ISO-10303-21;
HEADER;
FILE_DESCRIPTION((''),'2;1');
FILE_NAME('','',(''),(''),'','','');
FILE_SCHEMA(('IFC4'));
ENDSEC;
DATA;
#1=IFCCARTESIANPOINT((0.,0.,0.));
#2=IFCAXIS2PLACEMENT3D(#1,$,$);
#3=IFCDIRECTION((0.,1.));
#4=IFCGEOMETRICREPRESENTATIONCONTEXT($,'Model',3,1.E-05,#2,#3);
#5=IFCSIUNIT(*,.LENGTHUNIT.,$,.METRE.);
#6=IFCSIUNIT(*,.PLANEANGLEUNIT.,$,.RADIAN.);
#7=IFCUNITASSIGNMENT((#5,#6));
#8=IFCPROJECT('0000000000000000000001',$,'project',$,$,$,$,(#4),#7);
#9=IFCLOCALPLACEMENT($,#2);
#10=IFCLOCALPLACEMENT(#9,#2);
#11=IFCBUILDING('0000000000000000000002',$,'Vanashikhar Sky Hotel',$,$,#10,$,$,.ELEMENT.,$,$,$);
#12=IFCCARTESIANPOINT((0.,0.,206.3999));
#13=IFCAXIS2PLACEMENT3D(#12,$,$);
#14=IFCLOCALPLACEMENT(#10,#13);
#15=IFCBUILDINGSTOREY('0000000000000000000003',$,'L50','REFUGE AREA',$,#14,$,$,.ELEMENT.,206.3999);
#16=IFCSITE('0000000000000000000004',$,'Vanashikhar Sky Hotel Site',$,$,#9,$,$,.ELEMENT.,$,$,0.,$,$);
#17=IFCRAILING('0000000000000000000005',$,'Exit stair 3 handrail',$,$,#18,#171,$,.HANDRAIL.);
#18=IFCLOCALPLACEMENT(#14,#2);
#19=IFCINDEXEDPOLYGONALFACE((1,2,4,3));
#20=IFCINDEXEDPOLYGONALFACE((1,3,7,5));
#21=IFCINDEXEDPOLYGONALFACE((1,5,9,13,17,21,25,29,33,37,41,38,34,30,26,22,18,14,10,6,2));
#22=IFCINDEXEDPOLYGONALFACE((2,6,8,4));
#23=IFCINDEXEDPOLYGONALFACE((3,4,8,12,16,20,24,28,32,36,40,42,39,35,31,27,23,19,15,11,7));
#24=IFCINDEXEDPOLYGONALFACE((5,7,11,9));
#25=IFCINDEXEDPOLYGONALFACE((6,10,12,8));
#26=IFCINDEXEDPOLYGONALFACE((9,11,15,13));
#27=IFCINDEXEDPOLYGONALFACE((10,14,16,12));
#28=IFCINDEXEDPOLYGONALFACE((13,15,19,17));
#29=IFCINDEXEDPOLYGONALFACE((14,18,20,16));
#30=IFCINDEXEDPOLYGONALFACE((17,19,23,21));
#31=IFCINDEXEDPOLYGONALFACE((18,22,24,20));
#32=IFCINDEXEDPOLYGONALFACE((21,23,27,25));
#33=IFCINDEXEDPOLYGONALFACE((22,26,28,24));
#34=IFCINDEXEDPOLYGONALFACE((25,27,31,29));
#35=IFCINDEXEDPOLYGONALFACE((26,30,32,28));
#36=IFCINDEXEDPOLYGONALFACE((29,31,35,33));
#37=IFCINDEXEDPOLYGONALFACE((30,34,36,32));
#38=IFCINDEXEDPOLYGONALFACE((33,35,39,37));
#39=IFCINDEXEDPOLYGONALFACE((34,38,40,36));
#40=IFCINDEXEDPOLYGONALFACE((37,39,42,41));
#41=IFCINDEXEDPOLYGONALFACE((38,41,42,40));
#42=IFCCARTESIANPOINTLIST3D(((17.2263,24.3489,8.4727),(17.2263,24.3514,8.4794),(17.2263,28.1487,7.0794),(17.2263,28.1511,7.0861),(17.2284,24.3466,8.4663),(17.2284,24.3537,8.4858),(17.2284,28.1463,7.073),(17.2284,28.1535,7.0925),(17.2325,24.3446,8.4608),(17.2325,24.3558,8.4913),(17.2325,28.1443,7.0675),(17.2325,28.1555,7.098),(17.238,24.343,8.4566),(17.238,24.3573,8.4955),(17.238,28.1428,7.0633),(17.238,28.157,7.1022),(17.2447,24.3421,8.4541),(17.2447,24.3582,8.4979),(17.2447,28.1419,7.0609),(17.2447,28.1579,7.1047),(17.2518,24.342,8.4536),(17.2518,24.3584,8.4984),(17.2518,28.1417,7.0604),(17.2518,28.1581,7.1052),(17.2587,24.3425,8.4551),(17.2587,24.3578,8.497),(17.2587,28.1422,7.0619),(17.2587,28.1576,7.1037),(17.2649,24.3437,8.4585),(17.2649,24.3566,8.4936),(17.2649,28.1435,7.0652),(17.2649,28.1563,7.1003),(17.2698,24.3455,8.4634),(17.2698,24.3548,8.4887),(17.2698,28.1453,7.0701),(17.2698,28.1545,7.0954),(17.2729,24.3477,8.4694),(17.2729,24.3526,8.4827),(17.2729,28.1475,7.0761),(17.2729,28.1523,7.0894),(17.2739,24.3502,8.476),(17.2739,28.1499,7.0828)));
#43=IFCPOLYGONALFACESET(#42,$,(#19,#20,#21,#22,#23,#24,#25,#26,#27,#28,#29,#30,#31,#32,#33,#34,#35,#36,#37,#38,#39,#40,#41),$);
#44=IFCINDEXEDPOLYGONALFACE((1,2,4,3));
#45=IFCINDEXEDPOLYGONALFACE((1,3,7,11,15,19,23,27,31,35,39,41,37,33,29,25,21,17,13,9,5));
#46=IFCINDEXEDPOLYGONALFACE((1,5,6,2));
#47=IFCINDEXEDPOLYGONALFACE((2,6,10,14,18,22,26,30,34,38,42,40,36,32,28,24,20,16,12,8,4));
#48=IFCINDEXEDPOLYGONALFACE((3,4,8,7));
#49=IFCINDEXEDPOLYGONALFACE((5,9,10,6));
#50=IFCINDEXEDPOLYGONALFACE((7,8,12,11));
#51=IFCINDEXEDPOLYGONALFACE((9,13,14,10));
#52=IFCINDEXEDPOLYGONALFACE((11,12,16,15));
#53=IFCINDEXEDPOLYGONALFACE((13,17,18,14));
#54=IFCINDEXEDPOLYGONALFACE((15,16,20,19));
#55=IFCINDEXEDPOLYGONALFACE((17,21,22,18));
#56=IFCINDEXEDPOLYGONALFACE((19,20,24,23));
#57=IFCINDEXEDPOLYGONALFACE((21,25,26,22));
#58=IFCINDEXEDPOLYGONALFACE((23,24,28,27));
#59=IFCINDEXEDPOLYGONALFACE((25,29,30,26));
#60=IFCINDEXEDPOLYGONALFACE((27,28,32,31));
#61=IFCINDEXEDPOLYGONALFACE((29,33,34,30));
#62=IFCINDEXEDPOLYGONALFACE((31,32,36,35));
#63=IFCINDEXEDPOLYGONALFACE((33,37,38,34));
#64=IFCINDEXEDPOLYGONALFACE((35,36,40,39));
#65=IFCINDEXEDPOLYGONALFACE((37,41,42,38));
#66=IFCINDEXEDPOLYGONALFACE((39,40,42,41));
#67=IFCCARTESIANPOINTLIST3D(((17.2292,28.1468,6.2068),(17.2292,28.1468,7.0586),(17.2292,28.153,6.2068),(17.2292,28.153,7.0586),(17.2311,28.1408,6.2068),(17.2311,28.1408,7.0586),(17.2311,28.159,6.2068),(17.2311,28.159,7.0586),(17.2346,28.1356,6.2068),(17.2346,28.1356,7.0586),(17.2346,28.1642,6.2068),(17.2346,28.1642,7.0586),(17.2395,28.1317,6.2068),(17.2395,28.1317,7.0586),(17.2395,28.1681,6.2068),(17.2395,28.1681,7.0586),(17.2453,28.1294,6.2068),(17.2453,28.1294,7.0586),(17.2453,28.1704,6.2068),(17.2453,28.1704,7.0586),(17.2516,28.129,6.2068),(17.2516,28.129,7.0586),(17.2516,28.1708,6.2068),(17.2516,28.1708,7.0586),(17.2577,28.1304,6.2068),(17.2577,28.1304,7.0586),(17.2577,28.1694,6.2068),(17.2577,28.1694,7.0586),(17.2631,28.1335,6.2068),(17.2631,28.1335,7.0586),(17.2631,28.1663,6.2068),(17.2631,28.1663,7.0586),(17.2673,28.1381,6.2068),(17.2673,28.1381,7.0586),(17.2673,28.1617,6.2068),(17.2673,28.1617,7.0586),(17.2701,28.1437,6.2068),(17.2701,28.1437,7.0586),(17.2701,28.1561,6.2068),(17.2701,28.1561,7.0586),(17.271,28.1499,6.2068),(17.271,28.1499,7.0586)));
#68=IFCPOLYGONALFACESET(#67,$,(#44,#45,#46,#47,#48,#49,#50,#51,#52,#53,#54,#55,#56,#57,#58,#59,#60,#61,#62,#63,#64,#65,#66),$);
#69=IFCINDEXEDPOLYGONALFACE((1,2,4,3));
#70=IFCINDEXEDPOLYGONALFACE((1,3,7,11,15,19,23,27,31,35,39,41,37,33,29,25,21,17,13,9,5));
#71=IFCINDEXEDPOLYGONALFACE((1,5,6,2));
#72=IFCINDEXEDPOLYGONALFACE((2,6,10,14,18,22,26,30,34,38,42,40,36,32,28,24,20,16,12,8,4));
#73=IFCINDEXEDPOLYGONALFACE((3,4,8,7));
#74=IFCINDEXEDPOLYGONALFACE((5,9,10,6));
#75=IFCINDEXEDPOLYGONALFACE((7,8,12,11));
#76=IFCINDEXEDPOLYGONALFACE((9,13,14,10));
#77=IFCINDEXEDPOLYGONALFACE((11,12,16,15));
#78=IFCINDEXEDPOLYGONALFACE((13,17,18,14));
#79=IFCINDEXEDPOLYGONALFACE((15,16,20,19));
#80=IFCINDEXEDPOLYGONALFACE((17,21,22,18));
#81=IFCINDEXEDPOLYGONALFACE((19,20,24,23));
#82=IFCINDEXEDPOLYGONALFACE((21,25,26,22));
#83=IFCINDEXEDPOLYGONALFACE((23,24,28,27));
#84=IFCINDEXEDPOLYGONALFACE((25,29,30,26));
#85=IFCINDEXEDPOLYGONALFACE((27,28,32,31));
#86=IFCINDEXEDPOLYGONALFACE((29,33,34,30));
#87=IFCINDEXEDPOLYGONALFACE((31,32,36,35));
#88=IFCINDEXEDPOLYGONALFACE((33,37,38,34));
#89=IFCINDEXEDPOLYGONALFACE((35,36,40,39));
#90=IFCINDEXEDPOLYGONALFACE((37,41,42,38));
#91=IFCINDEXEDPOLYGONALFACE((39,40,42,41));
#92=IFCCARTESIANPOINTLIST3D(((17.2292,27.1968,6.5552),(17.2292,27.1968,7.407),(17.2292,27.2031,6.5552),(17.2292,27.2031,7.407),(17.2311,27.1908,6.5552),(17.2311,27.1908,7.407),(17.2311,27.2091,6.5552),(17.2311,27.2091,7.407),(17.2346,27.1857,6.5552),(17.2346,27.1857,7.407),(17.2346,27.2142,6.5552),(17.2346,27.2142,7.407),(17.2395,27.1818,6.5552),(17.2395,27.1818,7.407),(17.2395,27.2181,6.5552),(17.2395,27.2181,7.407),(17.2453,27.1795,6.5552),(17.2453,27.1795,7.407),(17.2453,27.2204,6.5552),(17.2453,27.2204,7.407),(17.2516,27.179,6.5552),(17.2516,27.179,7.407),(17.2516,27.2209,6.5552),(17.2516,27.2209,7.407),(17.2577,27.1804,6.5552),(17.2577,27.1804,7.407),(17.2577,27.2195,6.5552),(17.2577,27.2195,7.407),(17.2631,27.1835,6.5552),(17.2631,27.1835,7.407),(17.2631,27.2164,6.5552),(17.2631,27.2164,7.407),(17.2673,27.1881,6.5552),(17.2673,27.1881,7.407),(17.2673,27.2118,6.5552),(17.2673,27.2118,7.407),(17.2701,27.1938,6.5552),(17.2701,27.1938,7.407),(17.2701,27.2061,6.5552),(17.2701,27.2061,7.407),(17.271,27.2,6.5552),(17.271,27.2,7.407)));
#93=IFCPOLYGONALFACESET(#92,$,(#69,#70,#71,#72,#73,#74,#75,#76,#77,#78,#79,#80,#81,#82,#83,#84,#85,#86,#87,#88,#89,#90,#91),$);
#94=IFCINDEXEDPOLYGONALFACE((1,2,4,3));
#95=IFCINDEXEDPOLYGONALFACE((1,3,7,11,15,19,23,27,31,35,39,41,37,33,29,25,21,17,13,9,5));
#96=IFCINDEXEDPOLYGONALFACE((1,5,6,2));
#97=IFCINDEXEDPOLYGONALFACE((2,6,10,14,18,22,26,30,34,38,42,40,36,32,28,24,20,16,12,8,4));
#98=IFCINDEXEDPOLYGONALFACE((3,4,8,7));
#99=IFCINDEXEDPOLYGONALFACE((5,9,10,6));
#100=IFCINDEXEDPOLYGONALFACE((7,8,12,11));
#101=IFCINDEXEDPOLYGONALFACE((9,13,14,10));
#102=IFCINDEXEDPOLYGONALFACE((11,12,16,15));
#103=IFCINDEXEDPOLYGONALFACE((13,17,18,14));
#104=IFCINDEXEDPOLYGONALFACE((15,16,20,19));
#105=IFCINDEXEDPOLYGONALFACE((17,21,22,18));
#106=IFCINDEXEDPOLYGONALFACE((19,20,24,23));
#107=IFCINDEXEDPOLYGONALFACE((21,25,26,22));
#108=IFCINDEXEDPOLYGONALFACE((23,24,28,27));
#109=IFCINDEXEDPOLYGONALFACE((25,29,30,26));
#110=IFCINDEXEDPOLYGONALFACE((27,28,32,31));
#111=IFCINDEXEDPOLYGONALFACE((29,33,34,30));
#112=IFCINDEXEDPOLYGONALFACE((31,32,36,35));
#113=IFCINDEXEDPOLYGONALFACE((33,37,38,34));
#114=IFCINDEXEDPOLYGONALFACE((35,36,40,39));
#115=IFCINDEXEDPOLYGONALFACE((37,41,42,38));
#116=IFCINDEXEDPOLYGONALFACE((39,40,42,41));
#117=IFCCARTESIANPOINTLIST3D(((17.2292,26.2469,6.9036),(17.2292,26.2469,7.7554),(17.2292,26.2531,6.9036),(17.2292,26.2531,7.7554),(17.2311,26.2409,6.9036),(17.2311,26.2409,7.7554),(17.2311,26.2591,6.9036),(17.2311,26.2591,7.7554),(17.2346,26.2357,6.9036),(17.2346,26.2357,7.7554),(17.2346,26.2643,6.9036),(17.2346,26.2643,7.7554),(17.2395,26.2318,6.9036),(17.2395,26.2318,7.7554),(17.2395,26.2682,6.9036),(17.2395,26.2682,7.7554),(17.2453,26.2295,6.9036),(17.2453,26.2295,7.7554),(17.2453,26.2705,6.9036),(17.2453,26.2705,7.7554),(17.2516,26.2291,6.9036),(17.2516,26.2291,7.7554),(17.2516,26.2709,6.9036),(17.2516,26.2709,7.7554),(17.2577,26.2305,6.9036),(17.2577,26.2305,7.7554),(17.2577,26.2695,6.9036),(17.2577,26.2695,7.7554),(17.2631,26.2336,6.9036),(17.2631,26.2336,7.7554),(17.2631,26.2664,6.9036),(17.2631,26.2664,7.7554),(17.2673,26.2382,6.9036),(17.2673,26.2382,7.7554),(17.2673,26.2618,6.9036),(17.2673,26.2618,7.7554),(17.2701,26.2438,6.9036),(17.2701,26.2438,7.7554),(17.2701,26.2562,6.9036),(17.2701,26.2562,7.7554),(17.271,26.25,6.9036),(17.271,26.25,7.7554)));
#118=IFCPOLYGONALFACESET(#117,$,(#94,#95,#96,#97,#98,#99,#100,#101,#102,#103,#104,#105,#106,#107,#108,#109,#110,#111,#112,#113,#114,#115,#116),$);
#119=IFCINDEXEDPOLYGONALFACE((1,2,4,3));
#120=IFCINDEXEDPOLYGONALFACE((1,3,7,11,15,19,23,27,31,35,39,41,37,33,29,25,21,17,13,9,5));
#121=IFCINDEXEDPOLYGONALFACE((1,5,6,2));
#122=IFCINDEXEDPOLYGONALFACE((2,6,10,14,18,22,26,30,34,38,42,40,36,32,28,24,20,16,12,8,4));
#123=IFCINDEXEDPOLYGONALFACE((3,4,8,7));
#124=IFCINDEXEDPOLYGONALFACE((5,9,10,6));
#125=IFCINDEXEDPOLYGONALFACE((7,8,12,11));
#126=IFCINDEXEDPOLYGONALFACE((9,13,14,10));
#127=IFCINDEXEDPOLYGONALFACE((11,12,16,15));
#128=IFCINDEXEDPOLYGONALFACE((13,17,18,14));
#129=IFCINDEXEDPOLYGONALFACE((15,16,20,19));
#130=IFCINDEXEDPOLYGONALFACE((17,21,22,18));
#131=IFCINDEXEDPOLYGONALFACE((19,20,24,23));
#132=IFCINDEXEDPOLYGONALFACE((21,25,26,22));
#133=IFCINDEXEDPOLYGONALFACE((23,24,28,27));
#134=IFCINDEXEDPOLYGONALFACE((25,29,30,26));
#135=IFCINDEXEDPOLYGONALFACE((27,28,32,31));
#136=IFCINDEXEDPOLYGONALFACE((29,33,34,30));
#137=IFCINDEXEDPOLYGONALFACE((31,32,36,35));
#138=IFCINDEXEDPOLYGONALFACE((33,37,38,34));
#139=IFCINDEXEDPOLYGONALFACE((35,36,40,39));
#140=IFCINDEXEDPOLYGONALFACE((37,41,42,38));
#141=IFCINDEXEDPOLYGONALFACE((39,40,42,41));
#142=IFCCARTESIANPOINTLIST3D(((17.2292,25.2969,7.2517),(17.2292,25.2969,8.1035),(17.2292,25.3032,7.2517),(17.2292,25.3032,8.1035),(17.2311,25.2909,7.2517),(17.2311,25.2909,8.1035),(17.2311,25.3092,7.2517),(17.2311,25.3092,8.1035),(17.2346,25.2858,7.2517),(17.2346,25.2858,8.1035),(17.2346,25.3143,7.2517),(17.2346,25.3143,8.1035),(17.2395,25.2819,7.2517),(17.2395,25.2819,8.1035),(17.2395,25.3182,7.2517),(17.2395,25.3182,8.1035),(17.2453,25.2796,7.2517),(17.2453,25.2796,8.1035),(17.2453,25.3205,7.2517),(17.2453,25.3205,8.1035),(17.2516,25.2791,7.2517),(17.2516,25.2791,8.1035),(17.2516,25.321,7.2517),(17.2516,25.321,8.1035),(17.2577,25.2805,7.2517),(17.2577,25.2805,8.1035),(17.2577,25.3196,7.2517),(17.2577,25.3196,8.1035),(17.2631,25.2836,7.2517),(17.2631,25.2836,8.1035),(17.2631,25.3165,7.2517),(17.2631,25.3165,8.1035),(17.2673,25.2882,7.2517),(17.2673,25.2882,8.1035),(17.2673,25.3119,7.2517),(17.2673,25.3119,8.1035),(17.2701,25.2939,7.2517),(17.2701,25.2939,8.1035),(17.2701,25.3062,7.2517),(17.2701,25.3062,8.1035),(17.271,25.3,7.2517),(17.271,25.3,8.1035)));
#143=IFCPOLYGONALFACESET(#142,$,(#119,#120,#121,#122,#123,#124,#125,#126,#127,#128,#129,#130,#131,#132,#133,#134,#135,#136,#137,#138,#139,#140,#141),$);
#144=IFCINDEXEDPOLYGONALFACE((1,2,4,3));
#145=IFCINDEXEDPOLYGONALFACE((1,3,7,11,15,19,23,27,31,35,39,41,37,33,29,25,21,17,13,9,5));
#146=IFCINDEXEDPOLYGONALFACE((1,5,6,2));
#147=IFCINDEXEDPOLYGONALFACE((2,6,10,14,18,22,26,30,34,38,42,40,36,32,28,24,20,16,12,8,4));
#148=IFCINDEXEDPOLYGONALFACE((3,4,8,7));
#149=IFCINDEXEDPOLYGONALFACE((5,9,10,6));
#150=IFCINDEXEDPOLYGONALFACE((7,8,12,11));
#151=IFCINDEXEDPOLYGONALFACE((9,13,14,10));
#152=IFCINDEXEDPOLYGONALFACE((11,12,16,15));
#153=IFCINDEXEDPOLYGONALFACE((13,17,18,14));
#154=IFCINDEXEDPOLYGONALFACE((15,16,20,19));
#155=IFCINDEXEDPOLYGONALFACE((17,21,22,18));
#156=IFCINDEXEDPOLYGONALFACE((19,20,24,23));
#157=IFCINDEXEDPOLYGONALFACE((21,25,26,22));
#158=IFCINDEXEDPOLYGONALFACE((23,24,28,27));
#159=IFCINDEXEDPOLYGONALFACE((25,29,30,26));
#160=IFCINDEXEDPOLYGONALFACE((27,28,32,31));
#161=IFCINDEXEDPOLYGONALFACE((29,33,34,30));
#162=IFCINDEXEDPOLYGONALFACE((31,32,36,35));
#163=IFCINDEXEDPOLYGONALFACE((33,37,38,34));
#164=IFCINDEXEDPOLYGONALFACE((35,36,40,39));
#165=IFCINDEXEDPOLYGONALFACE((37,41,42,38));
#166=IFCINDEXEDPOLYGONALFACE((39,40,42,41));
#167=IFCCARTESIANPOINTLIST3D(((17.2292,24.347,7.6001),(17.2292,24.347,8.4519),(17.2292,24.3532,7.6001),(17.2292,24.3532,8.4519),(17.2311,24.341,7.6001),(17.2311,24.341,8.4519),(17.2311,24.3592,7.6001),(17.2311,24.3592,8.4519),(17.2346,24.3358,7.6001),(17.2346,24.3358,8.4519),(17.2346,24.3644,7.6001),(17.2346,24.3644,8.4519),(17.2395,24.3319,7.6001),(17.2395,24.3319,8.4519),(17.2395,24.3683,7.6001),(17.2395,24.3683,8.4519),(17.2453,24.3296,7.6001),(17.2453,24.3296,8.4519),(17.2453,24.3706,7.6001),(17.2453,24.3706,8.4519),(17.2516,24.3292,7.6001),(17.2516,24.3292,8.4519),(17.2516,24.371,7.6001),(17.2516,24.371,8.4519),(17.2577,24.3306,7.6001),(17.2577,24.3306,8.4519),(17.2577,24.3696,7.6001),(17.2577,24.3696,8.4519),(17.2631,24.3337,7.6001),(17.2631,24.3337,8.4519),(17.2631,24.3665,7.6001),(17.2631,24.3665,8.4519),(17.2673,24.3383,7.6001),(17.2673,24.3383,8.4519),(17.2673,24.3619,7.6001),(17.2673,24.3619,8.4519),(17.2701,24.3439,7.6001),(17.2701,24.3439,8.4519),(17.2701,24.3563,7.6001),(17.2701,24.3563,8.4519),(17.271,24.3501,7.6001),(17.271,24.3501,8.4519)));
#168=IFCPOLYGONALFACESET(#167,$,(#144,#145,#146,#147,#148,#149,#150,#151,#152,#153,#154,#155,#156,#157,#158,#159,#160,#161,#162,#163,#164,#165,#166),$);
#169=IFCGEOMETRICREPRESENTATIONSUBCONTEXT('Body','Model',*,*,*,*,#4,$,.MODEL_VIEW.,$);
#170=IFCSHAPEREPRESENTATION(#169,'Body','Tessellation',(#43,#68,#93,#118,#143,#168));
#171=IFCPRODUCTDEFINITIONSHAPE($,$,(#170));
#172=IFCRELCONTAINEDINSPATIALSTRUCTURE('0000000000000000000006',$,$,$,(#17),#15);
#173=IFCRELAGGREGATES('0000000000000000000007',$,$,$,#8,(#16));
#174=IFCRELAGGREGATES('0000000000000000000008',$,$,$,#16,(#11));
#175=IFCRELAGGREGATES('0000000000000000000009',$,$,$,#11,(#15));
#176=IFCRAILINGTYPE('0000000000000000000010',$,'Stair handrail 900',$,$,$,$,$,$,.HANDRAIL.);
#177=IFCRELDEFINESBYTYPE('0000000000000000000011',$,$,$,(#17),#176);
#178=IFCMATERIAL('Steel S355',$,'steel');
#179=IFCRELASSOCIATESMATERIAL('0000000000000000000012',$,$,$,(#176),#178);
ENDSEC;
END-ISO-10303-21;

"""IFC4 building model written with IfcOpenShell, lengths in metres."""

from ifc_helpers import new_model, si_unit, direction, frame, origin, origin_2d, place, context, subcontext, project, spatial, circle, extrude, source, transform, mapped, material, type_object, element, save


model = new_model("IFC4")

# Units and contexts
model_context = context("Model", 3, precision=1e-05, world=origin(), true_north=direction((0.0, 1.0)))
body_context = subcontext(model_context, "Body", "Model", "MODEL_VIEW")
ifc_project = project(units=[si_unit("LENGTHUNIT", "METRE"), si_unit("PLANEANGLEUNIT", "RADIAN")], contexts=[model_context])

# Site, building, storey
site_placement = place(None, origin())
site = spatial("IfcSite", under=ifc_project, at=site_placement, Name="Vanashikhar Sky Hotel Site", CompositionType="ELEMENT", RefElevation=0.0)
building_placement = place(site_placement, origin())
building = spatial("IfcBuilding", under=site, at=building_placement, Name="Vanashikhar Sky Hotel", CompositionType="ELEMENT")
storey_placement = place(building_placement, frame((0.0, 0.0, 206.3999)))
storey = spatial("IfcBuildingStorey", under=building, at=storey_placement, Name="L50", Description="REFUGE AREA", CompositionType="ELEMENT", Elevation=206.3999)

# Railing
ifc_material_1 = material(Name="Steel S355", Category="steel")
railing_type_1 = type_object("IfcRailingType", Name="Stair handrail 900", PredefinedType="HANDRAIL", material=ifc_material_1)
shared_shape_1 = source(origin(), body_context, "Body", "SweptSolid", [
    extrude(circle(Radius=0.0239, at=origin_2d()), frame((0.0, 0.0, 0.876), z_axis=(0.0, -0.938872, 0.344265), x_axis=(1.0, 0.0, 0.0)), (0.0, 0.0, 1.0), 4.0471),
    extrude(circle(Radius=0.021, at=origin_2d()), origin(), (0.0, 0.0, 1.0), 0.8518),
    extrude(circle(Radius=0.021, at=origin_2d()), frame((0.0, -0.95, 0.3484)), (0.0, 0.0, 1.0), 0.8518),
    extrude(circle(Radius=0.021, at=origin_2d()), frame((0.0, -1.8999, 0.6968)), (0.0, 0.0, 1.0), 0.8518),
    extrude(circle(Radius=0.021, at=origin_2d()), frame((0.0, -2.8499, 1.0449)), (0.0, 0.0, 1.0), 0.8518),
    extrude(circle(Radius=0.021, at=origin_2d()), frame((0.0, -3.7998, 1.3933)), (0.0, 0.0, 1.0), 0.8518),
])
for number, where, name in (
    (1, (17.25, 28.1499, 6.2068), "Exit stair 3 handrail"),
):
    element("IfcRailing", number, at=place(storey_placement, frame(where)), inside=storey, type_object=railing_type_1, Name=name, PredefinedType="HANDRAIL", context=body_context, shape_type="MappedRepresentation", body=[
        mapped(shared_shape_1, transform((0.0, 0.0, 0.0), scale=1.0)),
    ])

save(model, "model.ifc")
